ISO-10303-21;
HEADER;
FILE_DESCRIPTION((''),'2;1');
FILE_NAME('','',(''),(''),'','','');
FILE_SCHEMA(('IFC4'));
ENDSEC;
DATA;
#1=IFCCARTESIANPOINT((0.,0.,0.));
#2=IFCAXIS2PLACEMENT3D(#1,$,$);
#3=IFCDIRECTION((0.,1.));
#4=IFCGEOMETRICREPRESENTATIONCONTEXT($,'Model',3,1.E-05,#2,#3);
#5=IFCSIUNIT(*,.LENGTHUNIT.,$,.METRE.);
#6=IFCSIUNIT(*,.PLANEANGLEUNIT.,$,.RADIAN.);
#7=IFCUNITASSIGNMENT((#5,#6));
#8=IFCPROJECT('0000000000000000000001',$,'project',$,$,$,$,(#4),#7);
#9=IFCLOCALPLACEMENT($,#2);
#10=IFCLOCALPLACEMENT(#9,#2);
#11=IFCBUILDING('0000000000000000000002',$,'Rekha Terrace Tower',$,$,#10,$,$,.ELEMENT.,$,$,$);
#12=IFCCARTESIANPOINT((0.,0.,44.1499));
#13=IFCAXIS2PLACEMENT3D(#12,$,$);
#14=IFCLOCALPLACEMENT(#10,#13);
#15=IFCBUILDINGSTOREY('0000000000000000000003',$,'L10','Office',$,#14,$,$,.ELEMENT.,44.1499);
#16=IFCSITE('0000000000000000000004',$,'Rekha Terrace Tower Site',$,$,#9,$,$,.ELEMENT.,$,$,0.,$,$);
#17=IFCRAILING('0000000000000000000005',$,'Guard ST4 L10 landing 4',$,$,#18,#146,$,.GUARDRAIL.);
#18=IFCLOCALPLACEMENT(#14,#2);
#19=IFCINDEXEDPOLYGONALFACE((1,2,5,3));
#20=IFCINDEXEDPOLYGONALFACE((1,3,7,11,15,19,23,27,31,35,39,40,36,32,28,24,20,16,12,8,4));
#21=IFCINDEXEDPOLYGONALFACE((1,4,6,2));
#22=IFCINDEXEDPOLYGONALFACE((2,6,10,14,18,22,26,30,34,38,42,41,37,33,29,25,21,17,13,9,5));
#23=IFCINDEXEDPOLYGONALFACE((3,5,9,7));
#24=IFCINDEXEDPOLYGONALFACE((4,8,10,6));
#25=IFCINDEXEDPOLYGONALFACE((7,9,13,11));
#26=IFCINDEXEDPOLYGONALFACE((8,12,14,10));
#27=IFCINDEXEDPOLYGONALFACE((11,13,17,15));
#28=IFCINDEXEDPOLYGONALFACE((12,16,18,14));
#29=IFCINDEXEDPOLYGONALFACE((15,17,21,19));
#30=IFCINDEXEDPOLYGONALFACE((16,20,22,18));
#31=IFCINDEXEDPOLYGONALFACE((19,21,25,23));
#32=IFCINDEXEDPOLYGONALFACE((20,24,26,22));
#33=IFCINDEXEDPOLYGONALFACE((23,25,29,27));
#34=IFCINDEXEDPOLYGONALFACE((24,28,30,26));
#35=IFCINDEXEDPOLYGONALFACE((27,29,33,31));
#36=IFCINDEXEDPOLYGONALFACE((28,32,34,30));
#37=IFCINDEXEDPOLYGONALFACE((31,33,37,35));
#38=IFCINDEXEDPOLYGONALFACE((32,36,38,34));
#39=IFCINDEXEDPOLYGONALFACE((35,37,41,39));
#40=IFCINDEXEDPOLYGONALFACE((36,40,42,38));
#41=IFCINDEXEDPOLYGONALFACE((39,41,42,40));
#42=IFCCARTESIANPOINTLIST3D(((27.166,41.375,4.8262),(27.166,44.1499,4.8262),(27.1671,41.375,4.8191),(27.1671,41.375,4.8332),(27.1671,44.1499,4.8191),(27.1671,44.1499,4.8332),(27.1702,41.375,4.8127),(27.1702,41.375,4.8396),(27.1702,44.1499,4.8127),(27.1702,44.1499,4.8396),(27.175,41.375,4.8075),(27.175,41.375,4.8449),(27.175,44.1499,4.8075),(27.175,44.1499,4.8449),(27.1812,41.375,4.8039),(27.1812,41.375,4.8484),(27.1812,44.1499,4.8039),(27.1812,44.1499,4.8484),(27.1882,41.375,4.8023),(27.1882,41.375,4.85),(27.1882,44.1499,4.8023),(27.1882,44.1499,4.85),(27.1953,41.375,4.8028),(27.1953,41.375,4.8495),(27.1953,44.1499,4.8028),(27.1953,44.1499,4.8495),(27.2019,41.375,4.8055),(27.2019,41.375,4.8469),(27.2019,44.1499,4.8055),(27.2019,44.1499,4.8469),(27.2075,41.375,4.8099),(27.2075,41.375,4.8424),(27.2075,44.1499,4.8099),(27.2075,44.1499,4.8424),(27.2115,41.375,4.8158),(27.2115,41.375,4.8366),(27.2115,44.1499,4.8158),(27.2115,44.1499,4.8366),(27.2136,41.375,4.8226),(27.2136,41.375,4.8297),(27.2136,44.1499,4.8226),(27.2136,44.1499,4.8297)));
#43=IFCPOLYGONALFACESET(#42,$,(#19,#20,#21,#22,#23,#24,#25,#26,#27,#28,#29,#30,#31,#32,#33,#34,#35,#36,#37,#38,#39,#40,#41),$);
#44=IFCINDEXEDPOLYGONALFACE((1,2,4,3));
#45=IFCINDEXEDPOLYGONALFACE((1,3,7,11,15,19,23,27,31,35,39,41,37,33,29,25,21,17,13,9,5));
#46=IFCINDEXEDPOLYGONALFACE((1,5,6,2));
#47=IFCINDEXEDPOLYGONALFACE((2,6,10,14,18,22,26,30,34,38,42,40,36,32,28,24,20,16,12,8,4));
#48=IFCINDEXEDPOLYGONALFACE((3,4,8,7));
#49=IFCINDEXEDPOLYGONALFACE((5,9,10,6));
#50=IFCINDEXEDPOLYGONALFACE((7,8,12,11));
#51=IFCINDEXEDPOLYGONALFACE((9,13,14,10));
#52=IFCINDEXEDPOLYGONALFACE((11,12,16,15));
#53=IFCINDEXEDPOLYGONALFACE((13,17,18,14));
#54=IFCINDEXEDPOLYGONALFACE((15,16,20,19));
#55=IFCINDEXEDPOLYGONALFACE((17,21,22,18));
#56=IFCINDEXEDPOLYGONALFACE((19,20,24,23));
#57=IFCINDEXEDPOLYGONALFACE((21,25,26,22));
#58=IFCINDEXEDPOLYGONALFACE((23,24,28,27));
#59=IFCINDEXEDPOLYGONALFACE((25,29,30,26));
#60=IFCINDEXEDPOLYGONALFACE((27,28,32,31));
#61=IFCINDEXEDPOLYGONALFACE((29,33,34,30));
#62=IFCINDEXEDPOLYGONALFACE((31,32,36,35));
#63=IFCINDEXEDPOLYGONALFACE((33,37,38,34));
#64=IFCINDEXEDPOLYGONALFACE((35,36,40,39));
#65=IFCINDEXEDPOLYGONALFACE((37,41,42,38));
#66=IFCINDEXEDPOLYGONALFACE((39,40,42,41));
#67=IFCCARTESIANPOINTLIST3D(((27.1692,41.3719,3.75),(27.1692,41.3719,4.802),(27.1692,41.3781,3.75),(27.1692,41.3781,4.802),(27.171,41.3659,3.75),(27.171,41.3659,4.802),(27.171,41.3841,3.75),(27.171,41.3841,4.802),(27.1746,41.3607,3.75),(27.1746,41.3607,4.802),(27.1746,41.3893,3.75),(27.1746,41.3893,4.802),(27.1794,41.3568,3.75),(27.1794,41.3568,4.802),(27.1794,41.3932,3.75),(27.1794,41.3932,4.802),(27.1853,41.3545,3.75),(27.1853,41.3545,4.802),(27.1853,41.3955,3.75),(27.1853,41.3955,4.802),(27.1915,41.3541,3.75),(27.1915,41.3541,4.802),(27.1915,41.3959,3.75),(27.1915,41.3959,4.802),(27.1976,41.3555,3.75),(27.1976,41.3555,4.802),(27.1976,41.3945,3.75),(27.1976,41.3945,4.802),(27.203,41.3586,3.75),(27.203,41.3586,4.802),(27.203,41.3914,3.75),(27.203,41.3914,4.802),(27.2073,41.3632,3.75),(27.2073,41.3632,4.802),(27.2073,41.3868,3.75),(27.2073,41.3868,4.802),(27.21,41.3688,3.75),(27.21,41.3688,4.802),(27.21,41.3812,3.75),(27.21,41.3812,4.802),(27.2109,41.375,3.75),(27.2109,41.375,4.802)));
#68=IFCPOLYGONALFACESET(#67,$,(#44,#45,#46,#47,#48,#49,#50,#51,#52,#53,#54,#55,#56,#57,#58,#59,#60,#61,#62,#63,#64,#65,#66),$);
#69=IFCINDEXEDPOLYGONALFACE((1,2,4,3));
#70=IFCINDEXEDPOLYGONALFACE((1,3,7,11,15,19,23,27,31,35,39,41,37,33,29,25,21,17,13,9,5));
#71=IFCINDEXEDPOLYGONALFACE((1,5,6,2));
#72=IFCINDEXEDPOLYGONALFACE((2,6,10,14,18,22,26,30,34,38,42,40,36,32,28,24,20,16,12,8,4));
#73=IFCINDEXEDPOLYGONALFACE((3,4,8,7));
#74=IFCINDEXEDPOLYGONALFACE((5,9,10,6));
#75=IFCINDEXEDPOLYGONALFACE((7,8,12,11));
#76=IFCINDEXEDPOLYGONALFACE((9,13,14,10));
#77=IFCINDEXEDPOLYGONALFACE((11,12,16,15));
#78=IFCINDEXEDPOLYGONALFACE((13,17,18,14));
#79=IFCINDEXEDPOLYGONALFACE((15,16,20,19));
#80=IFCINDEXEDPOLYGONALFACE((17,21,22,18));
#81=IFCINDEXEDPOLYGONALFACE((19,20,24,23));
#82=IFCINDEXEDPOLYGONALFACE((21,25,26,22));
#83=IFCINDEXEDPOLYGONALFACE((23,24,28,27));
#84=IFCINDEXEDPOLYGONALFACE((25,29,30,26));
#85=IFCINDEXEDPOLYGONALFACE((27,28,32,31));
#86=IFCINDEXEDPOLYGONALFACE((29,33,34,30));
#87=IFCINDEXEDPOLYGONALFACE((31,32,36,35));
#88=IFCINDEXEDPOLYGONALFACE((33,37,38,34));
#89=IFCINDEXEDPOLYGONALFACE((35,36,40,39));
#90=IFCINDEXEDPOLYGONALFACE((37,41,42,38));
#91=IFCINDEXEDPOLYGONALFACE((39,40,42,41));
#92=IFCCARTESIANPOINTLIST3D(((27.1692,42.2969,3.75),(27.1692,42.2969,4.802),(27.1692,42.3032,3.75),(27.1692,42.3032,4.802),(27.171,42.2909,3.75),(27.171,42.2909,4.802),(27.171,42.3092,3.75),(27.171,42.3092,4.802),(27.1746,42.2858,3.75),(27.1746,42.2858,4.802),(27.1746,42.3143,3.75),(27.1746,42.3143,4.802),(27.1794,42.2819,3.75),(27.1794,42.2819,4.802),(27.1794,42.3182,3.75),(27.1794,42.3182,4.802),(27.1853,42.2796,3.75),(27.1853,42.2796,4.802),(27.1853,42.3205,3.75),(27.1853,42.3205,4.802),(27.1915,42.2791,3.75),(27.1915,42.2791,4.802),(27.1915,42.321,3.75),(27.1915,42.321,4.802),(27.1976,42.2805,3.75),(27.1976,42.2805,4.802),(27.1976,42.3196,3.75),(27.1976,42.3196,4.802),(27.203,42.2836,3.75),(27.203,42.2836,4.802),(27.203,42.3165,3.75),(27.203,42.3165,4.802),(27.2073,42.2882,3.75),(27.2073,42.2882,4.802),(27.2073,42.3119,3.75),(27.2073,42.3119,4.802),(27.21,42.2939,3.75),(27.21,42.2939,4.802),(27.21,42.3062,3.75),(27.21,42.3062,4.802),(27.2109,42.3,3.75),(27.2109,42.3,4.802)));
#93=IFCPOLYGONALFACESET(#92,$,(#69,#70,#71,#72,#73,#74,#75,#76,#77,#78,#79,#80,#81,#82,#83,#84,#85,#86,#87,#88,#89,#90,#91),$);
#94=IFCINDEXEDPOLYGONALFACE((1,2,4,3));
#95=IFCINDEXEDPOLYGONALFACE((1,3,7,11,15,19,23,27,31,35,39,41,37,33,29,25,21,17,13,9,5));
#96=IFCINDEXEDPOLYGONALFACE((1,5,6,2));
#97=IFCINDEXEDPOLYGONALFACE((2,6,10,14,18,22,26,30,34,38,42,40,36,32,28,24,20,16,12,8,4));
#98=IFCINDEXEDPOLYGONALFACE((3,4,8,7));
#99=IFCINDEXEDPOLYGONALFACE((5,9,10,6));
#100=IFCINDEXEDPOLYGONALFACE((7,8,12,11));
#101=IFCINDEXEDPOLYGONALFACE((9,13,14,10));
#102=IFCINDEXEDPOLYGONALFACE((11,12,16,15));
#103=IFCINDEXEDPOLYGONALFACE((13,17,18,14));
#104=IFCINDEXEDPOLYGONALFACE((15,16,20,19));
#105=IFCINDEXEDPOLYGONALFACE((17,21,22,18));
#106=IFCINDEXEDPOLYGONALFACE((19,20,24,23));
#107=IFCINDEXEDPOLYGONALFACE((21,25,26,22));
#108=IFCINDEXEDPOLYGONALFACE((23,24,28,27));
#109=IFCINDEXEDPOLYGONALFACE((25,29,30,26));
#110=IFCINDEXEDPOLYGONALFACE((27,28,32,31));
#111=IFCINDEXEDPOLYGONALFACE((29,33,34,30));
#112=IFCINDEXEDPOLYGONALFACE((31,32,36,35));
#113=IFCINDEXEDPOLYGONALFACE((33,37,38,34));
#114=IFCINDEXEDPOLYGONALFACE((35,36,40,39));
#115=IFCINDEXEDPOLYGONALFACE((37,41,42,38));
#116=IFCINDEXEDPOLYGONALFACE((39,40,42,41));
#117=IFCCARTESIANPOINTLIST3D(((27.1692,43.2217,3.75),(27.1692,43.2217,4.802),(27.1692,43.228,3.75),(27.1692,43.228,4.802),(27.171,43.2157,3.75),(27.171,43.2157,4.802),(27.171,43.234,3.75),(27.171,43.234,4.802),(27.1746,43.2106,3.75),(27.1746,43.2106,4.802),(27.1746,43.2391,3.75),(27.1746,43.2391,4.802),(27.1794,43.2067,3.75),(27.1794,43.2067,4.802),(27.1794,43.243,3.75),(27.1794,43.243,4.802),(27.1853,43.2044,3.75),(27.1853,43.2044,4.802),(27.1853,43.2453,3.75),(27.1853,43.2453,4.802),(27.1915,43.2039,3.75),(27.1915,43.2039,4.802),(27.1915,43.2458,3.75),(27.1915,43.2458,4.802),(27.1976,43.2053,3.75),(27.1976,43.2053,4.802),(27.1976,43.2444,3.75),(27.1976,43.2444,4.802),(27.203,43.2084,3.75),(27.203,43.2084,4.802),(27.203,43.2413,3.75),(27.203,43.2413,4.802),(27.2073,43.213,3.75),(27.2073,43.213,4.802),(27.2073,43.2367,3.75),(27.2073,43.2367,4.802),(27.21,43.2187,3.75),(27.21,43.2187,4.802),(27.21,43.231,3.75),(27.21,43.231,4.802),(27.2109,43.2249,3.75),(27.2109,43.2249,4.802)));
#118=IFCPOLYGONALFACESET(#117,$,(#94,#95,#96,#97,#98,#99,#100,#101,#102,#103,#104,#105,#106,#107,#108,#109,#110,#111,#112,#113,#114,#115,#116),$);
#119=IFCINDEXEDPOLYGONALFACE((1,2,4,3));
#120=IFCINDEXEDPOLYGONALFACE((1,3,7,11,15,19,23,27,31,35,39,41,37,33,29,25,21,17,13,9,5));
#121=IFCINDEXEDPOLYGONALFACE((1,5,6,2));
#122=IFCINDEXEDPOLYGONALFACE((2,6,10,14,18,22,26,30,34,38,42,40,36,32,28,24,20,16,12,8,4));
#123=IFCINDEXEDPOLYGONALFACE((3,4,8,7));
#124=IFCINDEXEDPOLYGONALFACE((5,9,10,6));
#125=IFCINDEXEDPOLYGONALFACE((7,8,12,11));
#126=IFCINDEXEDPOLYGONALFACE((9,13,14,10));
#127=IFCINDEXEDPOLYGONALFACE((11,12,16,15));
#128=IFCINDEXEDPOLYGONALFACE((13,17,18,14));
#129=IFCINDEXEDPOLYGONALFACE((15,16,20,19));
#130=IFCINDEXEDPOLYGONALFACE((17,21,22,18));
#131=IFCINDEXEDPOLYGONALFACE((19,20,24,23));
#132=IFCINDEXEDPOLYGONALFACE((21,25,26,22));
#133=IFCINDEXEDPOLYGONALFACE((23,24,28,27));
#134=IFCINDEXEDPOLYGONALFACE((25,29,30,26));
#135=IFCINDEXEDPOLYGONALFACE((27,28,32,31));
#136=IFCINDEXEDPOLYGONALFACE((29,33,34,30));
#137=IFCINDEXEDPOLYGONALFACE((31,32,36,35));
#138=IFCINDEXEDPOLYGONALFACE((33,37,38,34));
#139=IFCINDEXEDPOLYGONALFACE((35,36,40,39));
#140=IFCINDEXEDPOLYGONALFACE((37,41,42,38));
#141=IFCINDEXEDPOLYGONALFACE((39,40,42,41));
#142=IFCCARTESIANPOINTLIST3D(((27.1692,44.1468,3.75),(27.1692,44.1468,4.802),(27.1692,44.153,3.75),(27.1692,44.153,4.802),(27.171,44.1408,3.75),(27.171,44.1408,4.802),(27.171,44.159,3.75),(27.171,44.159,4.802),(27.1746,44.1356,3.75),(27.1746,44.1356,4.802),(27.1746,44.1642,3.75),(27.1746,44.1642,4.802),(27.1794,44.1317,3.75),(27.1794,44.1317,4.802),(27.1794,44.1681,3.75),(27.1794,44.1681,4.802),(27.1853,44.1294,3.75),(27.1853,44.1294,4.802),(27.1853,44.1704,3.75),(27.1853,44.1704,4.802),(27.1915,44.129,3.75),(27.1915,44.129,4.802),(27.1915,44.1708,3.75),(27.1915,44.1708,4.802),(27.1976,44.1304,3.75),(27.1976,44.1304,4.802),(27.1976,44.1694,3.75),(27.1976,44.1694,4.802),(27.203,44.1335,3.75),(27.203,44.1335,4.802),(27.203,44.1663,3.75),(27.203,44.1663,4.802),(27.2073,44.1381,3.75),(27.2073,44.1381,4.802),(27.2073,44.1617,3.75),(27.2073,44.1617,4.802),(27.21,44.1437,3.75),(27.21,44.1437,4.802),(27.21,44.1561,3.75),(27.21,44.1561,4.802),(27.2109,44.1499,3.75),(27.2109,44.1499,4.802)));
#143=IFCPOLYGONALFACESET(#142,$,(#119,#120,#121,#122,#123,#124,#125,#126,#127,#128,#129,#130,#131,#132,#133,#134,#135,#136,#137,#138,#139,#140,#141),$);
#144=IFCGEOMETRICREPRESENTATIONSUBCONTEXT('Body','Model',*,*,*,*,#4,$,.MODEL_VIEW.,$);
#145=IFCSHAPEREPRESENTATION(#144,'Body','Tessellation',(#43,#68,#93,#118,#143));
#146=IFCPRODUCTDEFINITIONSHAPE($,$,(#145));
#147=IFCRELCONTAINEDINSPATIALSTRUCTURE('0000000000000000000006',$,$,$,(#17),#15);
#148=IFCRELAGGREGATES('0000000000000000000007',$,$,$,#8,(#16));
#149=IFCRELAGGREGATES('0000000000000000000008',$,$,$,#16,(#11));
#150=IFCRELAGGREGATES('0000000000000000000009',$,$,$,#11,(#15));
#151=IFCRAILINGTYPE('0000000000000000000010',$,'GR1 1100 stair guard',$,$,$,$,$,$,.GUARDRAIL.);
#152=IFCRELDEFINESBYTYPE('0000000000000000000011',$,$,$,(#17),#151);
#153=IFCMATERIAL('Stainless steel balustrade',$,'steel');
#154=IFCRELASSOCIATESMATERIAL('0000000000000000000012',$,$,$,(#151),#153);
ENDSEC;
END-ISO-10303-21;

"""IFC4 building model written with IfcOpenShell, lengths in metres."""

from ifc_helpers import new_model, si_unit, direction, frame, origin, origin_2d, place, context, subcontext, project, spatial, circle, extrude, material, type_object, element, save


model = new_model("IFC4")

# Units and contexts
model_context = context("Model", 3, precision=1e-05, world=origin(), true_north=direction((0.0, 1.0)))
body_context = subcontext(model_context, "Body", "Model", "MODEL_VIEW")
ifc_project = project(units=[si_unit("LENGTHUNIT", "METRE"), si_unit("PLANEANGLEUNIT", "RADIAN")], contexts=[model_context])

# Site, building, storey
site_placement = place(None, origin())
site = spatial("IfcSite", under=ifc_project, at=site_placement, Name="Rekha Terrace Tower Site", CompositionType="ELEMENT", RefElevation=0.0)
building_placement = place(site_placement, origin())
building = spatial("IfcBuilding", under=site, at=building_placement, Name="Rekha Terrace Tower", CompositionType="ELEMENT")
storey_placement = place(building_placement, frame((0.0, 0.0, 44.1499)))
storey = spatial("IfcBuildingStorey", under=building, at=storey_placement, Name="L10", Description="Office", CompositionType="ELEMENT", Elevation=44.1499)

# Railing
ifc_material_1 = material(Name="Stainless steel balustrade", Category="steel")
railing_type_1 = type_object("IfcRailingType", Name="GR1 1100 stair guard", PredefinedType="GUARDRAIL", material=ifc_material_1)
railing_1_placement = place(storey_placement, frame((27.1899, 41.375, 3.75)))
element("IfcRailing", 1, at=railing_1_placement, inside=storey, type_object=railing_type_1, Name="Guard ST4 L10 landing 4", PredefinedType="GUARDRAIL", context=body_context, shape_type="SweptSolid", body=[
    extrude(circle(Radius=0.0239, at=origin_2d()), frame((0.0, 0.0, 1.0762), z_axis=(0.0, 1.0, 0.0), x_axis=(-1.0, 0.0, 0.0)), (0.0, 0.0, 1.0), 2.7749),
    extrude(circle(Radius=0.021, at=origin_2d()), origin(), (0.0, 0.0, 1.0), 1.052),
    extrude(circle(Radius=0.021, at=origin_2d()), frame((0.0, 0.925, 0.0)), (0.0, 0.0, 1.0), 1.052),
    extrude(circle(Radius=0.021, at=origin_2d()), frame((0.0, 1.8499, 0.0)), (0.0, 0.0, 1.0), 1.052),
    extrude(circle(Radius=0.021, at=origin_2d()), frame((0.0, 2.7749, 0.0)), (0.0, 0.0, 1.0), 1.052),
])

save(model, "model.ifc")
